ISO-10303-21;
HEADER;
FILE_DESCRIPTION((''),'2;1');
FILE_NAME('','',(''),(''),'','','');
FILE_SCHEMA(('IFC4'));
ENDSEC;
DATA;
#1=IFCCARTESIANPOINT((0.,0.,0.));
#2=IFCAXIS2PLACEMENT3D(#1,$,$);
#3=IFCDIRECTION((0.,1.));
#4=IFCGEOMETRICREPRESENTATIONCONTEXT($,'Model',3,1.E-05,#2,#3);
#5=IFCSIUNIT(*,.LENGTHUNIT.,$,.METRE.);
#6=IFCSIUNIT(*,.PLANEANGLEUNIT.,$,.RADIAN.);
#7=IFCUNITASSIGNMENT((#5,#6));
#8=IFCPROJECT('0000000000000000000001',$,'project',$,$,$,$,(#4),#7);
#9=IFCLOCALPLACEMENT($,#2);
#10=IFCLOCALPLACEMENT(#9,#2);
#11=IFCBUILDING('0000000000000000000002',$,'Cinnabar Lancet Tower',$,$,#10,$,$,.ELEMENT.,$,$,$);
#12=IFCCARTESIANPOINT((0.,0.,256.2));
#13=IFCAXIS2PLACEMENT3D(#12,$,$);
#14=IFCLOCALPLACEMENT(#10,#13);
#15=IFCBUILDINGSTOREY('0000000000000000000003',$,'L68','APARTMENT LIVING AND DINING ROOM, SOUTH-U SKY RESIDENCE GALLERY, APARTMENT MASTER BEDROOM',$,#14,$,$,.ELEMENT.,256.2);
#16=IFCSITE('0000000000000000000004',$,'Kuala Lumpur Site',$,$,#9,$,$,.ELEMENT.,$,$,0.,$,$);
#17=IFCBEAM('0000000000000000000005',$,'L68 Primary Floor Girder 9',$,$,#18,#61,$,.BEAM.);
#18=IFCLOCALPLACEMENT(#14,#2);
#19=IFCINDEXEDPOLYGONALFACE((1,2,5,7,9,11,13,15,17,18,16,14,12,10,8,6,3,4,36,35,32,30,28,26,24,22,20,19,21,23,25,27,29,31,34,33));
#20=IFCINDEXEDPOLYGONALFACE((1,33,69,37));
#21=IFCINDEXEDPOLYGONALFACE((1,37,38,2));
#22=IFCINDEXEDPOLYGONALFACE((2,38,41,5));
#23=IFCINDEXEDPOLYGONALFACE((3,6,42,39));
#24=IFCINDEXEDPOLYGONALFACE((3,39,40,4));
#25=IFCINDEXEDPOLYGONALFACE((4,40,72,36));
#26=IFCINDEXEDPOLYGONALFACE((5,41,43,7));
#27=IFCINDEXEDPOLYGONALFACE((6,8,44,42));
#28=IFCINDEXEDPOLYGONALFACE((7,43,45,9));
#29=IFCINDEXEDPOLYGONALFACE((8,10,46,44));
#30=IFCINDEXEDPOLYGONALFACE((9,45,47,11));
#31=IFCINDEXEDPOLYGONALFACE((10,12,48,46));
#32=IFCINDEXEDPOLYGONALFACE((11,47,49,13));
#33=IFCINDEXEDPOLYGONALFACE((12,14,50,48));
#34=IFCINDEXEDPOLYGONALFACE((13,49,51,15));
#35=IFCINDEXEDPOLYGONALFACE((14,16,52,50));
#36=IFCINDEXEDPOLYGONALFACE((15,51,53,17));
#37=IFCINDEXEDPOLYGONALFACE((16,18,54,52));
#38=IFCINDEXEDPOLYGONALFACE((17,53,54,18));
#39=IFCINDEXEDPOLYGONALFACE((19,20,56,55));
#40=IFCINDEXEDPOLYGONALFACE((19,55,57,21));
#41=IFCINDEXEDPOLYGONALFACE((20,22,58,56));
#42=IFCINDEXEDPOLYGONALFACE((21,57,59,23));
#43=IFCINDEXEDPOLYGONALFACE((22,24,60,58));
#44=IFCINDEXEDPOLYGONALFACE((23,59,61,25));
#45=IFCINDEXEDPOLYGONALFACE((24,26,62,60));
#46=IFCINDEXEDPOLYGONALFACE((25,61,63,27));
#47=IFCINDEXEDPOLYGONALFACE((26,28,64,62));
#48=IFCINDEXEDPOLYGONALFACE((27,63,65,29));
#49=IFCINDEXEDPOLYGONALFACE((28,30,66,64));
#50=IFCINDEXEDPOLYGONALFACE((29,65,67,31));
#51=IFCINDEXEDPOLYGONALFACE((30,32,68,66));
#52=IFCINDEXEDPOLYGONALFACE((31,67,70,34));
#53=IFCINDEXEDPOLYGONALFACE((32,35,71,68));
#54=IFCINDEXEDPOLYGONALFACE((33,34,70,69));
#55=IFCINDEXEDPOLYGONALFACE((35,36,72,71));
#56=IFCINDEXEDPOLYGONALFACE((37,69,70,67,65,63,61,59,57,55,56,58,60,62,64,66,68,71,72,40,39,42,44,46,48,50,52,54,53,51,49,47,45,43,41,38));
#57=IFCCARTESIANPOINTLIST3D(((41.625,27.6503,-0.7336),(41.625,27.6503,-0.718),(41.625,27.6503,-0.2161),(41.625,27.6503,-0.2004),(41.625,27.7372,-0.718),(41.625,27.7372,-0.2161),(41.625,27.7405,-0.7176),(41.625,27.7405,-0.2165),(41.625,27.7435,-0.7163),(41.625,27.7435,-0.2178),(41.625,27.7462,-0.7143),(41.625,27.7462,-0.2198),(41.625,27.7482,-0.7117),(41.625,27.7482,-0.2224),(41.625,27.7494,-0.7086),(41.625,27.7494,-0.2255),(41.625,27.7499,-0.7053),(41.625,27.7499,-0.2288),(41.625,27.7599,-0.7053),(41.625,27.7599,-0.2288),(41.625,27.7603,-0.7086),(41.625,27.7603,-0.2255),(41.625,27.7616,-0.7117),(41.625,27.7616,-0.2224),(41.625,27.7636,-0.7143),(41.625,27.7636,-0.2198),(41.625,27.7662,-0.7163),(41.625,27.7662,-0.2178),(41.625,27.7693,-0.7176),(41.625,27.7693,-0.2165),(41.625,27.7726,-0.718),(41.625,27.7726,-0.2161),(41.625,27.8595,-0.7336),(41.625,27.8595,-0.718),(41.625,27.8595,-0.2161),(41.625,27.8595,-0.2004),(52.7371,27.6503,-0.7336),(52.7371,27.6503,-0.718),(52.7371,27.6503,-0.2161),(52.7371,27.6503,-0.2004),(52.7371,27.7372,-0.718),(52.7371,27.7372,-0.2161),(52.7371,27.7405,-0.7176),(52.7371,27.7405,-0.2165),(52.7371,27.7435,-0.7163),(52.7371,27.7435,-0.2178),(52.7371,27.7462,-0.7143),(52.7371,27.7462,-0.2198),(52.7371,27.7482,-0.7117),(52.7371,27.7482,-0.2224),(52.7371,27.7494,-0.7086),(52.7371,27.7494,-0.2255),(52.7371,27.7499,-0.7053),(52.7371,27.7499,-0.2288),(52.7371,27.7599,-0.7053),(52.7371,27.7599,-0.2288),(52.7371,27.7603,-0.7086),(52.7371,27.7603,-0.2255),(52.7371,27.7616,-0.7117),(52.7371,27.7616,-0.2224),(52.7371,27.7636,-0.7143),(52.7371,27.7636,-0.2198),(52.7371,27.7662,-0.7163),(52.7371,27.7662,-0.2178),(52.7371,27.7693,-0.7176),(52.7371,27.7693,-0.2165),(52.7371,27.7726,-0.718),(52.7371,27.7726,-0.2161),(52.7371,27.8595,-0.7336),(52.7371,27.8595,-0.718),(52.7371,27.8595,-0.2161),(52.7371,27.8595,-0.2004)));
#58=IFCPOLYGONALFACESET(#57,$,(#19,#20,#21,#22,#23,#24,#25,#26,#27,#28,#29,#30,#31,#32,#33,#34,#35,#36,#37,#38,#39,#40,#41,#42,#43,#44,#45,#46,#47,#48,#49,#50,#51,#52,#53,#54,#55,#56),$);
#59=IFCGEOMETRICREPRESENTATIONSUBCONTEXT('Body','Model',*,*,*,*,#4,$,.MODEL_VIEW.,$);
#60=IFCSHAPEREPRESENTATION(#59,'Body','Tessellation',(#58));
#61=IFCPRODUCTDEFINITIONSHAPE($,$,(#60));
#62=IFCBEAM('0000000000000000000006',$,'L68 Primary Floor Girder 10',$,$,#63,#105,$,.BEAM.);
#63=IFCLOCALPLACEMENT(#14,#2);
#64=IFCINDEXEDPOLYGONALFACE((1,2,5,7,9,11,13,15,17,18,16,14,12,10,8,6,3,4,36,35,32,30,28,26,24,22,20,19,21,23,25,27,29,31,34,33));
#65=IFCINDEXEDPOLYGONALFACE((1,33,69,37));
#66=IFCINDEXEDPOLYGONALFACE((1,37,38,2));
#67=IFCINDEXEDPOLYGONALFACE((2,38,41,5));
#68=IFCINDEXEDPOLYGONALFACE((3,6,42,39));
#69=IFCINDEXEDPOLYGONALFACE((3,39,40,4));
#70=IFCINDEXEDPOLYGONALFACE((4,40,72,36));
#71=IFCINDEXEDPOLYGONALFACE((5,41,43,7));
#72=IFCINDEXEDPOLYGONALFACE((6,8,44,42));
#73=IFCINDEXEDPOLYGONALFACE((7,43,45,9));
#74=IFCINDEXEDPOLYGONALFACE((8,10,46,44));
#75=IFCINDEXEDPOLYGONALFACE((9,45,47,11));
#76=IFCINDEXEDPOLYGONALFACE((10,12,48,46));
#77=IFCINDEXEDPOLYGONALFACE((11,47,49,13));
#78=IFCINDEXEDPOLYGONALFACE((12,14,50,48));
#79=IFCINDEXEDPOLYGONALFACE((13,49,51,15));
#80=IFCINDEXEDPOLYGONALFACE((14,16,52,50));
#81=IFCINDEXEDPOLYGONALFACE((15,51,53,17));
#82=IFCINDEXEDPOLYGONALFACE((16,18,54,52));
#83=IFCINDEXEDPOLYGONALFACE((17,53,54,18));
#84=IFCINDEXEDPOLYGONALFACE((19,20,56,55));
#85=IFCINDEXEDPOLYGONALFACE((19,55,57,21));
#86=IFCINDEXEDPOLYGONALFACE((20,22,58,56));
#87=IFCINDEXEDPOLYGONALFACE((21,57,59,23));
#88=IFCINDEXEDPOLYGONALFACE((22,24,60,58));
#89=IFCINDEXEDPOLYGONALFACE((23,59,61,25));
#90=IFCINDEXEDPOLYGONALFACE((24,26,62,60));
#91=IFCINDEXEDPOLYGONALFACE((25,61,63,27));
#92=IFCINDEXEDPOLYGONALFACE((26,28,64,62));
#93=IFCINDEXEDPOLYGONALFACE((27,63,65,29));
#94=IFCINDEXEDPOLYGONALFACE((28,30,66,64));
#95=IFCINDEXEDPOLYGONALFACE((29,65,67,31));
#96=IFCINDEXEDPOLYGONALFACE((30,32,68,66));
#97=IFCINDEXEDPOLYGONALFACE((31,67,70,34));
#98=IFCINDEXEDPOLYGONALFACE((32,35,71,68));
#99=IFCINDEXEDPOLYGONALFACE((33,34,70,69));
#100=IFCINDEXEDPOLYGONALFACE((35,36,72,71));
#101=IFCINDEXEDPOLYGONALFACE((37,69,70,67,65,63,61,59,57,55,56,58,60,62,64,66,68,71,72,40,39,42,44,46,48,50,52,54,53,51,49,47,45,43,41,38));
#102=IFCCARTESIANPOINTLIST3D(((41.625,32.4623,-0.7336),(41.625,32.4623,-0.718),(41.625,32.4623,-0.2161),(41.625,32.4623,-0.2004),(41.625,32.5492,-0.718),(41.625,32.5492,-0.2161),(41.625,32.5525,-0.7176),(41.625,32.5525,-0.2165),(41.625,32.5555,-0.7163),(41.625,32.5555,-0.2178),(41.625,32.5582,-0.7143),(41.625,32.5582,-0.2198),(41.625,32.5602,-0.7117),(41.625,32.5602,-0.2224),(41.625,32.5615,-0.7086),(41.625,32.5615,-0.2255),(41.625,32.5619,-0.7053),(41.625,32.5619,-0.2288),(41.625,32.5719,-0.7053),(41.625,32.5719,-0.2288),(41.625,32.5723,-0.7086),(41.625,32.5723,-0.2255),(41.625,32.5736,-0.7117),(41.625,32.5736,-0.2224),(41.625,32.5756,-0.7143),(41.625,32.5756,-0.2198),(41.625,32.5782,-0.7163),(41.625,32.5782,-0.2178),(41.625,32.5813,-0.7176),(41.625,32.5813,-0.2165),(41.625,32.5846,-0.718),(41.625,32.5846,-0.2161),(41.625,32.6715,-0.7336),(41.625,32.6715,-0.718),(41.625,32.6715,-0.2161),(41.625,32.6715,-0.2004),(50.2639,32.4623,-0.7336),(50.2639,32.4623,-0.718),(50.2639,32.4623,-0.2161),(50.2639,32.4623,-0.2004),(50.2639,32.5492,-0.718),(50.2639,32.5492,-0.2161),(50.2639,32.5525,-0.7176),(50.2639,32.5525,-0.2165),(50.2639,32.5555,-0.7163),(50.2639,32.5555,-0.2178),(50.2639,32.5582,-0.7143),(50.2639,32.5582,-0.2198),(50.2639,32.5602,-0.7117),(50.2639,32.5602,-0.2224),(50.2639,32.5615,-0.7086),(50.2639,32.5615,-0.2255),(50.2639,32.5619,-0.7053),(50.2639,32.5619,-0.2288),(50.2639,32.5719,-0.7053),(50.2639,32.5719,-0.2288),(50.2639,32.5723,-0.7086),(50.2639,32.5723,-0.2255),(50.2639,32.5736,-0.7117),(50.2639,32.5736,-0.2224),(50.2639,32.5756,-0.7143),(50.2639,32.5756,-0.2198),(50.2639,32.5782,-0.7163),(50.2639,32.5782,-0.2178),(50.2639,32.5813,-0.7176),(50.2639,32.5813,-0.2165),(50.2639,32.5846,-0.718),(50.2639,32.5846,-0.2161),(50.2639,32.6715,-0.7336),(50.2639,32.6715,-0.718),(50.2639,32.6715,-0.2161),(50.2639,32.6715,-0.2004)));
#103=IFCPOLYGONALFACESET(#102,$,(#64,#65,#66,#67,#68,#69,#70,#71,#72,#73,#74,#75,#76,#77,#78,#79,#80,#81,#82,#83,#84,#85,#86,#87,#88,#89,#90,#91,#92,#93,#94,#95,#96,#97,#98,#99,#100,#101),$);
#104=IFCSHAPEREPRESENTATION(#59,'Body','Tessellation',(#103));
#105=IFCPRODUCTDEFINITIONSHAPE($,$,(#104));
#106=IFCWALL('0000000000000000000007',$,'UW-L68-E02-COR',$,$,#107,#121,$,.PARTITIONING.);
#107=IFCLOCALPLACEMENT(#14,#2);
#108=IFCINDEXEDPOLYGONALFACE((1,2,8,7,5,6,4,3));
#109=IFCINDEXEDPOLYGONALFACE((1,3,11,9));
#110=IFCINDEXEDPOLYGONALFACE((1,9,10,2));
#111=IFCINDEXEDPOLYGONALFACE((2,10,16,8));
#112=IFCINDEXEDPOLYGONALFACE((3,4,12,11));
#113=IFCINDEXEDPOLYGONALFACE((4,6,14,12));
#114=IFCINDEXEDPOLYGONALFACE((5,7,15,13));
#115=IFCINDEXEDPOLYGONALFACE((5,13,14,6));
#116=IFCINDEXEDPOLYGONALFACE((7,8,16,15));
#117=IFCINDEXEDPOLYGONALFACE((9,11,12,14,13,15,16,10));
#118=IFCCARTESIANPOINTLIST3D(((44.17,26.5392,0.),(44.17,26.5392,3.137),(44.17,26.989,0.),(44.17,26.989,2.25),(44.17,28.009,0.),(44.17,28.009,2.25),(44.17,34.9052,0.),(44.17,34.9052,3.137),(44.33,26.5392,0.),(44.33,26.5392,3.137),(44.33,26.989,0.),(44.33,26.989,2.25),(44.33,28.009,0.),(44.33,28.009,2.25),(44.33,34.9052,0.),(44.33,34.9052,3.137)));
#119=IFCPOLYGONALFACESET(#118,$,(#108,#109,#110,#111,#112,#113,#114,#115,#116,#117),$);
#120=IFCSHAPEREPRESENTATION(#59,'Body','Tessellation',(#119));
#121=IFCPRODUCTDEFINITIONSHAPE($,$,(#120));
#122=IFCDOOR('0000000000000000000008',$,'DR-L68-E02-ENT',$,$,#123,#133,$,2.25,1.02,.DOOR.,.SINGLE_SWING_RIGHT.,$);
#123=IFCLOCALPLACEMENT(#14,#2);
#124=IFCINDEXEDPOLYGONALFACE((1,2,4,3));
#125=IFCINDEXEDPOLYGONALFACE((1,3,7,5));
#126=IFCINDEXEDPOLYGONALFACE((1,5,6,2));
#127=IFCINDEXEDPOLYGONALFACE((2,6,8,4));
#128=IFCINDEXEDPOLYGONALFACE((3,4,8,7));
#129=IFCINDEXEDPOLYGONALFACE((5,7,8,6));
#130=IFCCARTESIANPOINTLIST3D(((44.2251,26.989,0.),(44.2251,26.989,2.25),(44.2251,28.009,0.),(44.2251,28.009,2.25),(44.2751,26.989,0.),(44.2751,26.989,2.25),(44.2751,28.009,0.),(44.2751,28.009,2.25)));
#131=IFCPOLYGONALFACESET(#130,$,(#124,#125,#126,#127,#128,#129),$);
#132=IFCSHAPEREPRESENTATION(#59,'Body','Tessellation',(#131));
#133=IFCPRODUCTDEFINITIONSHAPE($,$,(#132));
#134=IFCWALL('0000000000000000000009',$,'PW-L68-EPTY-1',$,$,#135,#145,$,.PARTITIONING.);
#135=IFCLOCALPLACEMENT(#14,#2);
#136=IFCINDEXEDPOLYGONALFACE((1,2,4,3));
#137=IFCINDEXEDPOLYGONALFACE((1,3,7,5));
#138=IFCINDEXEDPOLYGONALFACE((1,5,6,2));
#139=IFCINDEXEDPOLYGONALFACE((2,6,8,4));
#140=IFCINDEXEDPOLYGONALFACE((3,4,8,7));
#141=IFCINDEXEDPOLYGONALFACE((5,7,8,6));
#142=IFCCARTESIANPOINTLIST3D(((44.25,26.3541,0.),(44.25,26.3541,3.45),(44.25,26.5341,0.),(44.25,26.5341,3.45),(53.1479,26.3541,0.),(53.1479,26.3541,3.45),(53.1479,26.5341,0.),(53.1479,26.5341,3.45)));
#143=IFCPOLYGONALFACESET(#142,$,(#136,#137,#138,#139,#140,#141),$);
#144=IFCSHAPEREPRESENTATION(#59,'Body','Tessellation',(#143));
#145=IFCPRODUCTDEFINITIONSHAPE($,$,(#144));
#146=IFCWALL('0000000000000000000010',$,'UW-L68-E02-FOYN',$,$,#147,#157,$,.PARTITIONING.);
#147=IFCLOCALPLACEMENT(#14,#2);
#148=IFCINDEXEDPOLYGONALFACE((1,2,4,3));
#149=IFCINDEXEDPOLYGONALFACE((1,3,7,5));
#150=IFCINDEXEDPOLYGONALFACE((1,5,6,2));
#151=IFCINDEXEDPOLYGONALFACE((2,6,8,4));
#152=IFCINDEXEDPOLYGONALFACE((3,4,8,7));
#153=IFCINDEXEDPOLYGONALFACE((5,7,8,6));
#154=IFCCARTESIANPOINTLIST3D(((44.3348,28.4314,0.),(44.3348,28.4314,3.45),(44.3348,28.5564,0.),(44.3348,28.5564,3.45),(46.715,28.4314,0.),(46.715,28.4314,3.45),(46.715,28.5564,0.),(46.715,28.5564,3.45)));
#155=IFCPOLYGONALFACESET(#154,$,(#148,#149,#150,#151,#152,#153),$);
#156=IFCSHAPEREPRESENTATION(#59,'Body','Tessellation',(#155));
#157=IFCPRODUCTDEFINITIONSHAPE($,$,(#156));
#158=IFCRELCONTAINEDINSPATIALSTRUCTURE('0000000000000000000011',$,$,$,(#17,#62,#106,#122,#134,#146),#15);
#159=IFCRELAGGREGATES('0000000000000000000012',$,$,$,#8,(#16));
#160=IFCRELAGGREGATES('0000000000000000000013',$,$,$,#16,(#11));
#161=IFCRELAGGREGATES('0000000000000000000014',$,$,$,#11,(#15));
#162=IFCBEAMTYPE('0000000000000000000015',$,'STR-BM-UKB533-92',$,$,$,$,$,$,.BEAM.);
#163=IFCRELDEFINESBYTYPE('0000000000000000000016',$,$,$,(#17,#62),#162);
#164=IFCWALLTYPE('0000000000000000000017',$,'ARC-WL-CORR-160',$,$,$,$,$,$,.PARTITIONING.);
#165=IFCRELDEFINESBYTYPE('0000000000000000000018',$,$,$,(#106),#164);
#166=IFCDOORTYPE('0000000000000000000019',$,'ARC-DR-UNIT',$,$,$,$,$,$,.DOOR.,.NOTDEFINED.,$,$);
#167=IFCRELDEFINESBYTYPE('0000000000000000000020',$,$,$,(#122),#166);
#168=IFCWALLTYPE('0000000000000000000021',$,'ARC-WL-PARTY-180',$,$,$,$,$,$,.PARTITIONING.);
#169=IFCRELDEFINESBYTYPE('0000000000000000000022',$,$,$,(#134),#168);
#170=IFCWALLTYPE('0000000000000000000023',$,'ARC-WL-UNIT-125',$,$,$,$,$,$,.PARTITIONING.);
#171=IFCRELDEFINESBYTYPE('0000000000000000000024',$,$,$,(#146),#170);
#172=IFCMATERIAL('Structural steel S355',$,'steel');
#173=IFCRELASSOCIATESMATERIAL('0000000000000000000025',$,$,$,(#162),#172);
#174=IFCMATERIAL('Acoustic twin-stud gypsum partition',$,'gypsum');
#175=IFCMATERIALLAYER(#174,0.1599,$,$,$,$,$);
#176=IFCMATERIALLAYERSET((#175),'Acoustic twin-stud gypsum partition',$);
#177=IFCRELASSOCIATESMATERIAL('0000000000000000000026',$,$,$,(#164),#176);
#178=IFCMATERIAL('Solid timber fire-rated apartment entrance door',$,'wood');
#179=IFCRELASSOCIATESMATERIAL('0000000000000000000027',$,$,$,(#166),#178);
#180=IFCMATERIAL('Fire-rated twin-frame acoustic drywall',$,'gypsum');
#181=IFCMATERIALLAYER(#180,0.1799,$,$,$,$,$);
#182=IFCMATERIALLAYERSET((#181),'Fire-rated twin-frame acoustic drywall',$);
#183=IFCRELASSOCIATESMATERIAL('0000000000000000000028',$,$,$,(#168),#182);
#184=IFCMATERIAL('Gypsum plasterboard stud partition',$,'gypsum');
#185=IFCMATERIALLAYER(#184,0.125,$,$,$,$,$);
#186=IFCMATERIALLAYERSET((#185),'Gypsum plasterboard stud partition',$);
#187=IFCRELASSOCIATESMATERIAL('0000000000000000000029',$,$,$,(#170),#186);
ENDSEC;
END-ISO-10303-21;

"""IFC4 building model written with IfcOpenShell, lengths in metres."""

from ifc_helpers import new_model, si_unit, direction, frame, frame_2d, origin, origin_2d, place, context, subcontext, project, spatial, rectangle, i_section, extrude, material, layer, layer_set, material_profile, profile_set, type_object, element, fill, save


model = new_model("IFC4")

# Units and contexts
model_context = context("Model", 3, precision=1e-05, world=origin(), true_north=direction((0.0, 1.0)))
body_context = subcontext(model_context, "Body", "Model", "MODEL_VIEW")
ifc_project = project(units=[si_unit("LENGTHUNIT", "METRE"), si_unit("PLANEANGLEUNIT", "RADIAN")], contexts=[model_context])

# Site, building, storey
site_placement = place(None, origin())
site = spatial("IfcSite", under=ifc_project, at=site_placement, Name="Kuala Lumpur Site", CompositionType="ELEMENT", RefElevation=0.0)
building_placement = place(site_placement, origin())
building = spatial("IfcBuilding", under=site, at=building_placement, Name="Cinnabar Lancet Tower", CompositionType="ELEMENT")
storey_placement = place(building_placement, frame((0.0, 0.0, 256.2)))
storey = spatial("IfcBuildingStorey", under=building, at=storey_placement, Name="L68", Description="APARTMENT LIVING AND DINING ROOM, SOUTH-U SKY RESIDENCE GALLERY, APARTMENT MASTER BEDROOM", CompositionType="ELEMENT", Elevation=256.2)

# Beams
ifc_material_1 = material(Name="Structural steel S355", Category="steel")
ifc_material_profile_1 = material_profile(ifc_material_1, i_section(OverallWidth=0.2092, OverallDepth=0.5332, WebThickness=0.01, FlangeThickness=0.0156, FilletRadius=0.0127, at=origin_2d()), Name="UKB 533x210x92")
ifc_profile_set_1 = profile_set([ifc_material_profile_1], Name="Structural steel S355")
beam_type_1 = type_object("IfcBeamType", Name="STR-BM-UKB533-92", PredefinedType="BEAM", material=ifc_profile_set_1)
beam_1_placement = place(storey_placement, frame((52.7371, 27.7549, -0.467), z_axis=(-1.0, 0.0, 0.0), x_axis=(0.0, -1.0, 0.0)))
element("IfcBeam", 1, at=beam_1_placement, inside=storey, type_object=beam_type_1, Name="L68 Primary Floor Girder 9", PredefinedType="BEAM", context=body_context, shape_type="SweptSolid", body=[
    extrude(i_section(OverallWidth=0.2092, OverallDepth=0.5332, WebThickness=0.01, FlangeThickness=0.0156, FilletRadius=0.0127, at=origin_2d()), origin(), (0.0, 0.0, 1.0), 11.1121),
])
beam_2_placement = place(storey_placement, frame((50.2639, 32.5669, -0.467), z_axis=(-1.0, 0.0, 0.0), x_axis=(0.0, -1.0, 0.0)))
element("IfcBeam", 2, at=beam_2_placement, inside=storey, type_object=beam_type_1, Name="L68 Primary Floor Girder 10", PredefinedType="BEAM", context=body_context, shape_type="SweptSolid", body=[
    extrude(i_section(OverallWidth=0.2092, OverallDepth=0.5332, WebThickness=0.01, FlangeThickness=0.0156, FilletRadius=0.0127, at=origin_2d()), origin(), (0.0, 0.0, 1.0), 8.6389),
])

# Wall, opening, door
ifc_material_2 = material(Name="Acoustic twin-stud gypsum partition", Category="gypsum")
ifc_layer_1 = layer(ifc_material_2, 0.1599)
ifc_layer_set_1 = layer_set([ifc_layer_1], Name="Acoustic twin-stud gypsum partition")
wall_type_1 = type_object("IfcWallType", Name="ARC-WL-CORR-160", PredefinedType="PARTITIONING", material=ifc_layer_set_1)
wall_1_placement = place(storey_placement, frame((44.25, 26.5391, 0.0), z_axis=(0.0, 0.0, 1.0), x_axis=(0.0, 1.0, 0.0)))
wall_1 = element("IfcWall", 3, at=wall_1_placement, inside=storey, type_object=wall_type_1, Name="UW-L68-E02-COR", PredefinedType="PARTITIONING", context=body_context, shape_type="SweptSolid", body=[
    extrude(rectangle(XDim=8.366, YDim=0.1599, at=frame_2d((4.1831, 0.0))), origin(), (0.0, 0.0, 1.0), 3.137),
])
opening_1_placement = place(wall_1_placement, frame((0.45, 0.0, 0.0)))
opening_1 = element("IfcOpeningElement", 4, at=opening_1_placement, cuts=wall_1, PredefinedType="OPENING", context=body_context, shape_type="SweptSolid", body=[
    extrude(rectangle(XDim=1.02, YDim=2.25, at=frame_2d((0.51, 1.125))), frame((0.0, 0.0898, 0.0), z_axis=(0.0, -1.0, 0.0), x_axis=(1.0, 0.0, 0.0)), (0.0, 0.0, 1.0), 0.1799),
])
ifc_material_3 = material(Name="Solid timber fire-rated apartment entrance door", Category="wood")
door_type_1 = type_object("IfcDoorType", Name="ARC-DR-UNIT", OperationType="NOTDEFINED", PredefinedType="DOOR", material=ifc_material_3)
door_1_placement = place(opening_1_placement, origin())
door_1 = element("IfcDoor", 5, at=door_1_placement, inside=storey, type_object=door_type_1, Name="DR-L68-E02-ENT", OperationType="SINGLE_SWING_RIGHT", OverallHeight=2.25, OverallWidth=1.02, PredefinedType="DOOR", context=body_context, shape_type="SweptSolid", body=[
    extrude(rectangle(XDim=1.02, YDim=2.25, at=frame_2d((0.51, 1.125))), frame((0.0, 0.0249, 0.0), z_axis=(0.0, -1.0, 0.0), x_axis=(1.0, 0.0, 0.0)), (0.0, 0.0, 1.0), 0.05),
])
fill(opening_1, door_1)

# Walls
ifc_material_4 = material(Name="Fire-rated twin-frame acoustic drywall", Category="gypsum")
ifc_layer_2 = layer(ifc_material_4, 0.1799)
ifc_layer_set_2 = layer_set([ifc_layer_2], Name="Fire-rated twin-frame acoustic drywall")
wall_type_2 = type_object("IfcWallType", Name="ARC-WL-PARTY-180", PredefinedType="PARTITIONING", material=ifc_layer_set_2)
wall_2_placement = place(storey_placement, frame((44.25, 26.4441, 0.0), z_axis=(0.0, 0.0, 1.0), x_axis=(1.0, 0.0, 0.0)))
element("IfcWall", 6, at=wall_2_placement, inside=storey, type_object=wall_type_2, Name="PW-L68-EPTY-1", PredefinedType="PARTITIONING", context=body_context, shape_type="SweptSolid", body=[
    extrude(rectangle(XDim=8.8979, YDim=0.1799, at=frame_2d((4.449, 0.0))), origin(), (0.0, 0.0, 1.0), 3.45),
])
ifc_material_5 = material(Name="Gypsum plasterboard stud partition", Category="gypsum")
ifc_layer_3 = layer(ifc_material_5, 0.125)
ifc_layer_set_3 = layer_set([ifc_layer_3], Name="Gypsum plasterboard stud partition")
wall_type_3 = type_object("IfcWallType", Name="ARC-WL-UNIT-125", PredefinedType="PARTITIONING", material=ifc_layer_set_3)
wall_3_placement = place(storey_placement, frame((44.335, 28.4939, 0.0), z_axis=(0.0, 0.0, 1.0), x_axis=(1.0, 0.0, 0.0)))
element("IfcWall", 7, at=wall_3_placement, inside=storey, type_object=wall_type_3, Name="UW-L68-E02-FOYN", PredefinedType="PARTITIONING", context=body_context, shape_type="SweptSolid", body=[
    extrude(rectangle(XDim=2.3801, YDim=0.125, at=frame_2d((1.1899, 0.0))), origin(), (0.0, 0.0, 1.0), 3.45),
])

save(model, "model.ifc")
